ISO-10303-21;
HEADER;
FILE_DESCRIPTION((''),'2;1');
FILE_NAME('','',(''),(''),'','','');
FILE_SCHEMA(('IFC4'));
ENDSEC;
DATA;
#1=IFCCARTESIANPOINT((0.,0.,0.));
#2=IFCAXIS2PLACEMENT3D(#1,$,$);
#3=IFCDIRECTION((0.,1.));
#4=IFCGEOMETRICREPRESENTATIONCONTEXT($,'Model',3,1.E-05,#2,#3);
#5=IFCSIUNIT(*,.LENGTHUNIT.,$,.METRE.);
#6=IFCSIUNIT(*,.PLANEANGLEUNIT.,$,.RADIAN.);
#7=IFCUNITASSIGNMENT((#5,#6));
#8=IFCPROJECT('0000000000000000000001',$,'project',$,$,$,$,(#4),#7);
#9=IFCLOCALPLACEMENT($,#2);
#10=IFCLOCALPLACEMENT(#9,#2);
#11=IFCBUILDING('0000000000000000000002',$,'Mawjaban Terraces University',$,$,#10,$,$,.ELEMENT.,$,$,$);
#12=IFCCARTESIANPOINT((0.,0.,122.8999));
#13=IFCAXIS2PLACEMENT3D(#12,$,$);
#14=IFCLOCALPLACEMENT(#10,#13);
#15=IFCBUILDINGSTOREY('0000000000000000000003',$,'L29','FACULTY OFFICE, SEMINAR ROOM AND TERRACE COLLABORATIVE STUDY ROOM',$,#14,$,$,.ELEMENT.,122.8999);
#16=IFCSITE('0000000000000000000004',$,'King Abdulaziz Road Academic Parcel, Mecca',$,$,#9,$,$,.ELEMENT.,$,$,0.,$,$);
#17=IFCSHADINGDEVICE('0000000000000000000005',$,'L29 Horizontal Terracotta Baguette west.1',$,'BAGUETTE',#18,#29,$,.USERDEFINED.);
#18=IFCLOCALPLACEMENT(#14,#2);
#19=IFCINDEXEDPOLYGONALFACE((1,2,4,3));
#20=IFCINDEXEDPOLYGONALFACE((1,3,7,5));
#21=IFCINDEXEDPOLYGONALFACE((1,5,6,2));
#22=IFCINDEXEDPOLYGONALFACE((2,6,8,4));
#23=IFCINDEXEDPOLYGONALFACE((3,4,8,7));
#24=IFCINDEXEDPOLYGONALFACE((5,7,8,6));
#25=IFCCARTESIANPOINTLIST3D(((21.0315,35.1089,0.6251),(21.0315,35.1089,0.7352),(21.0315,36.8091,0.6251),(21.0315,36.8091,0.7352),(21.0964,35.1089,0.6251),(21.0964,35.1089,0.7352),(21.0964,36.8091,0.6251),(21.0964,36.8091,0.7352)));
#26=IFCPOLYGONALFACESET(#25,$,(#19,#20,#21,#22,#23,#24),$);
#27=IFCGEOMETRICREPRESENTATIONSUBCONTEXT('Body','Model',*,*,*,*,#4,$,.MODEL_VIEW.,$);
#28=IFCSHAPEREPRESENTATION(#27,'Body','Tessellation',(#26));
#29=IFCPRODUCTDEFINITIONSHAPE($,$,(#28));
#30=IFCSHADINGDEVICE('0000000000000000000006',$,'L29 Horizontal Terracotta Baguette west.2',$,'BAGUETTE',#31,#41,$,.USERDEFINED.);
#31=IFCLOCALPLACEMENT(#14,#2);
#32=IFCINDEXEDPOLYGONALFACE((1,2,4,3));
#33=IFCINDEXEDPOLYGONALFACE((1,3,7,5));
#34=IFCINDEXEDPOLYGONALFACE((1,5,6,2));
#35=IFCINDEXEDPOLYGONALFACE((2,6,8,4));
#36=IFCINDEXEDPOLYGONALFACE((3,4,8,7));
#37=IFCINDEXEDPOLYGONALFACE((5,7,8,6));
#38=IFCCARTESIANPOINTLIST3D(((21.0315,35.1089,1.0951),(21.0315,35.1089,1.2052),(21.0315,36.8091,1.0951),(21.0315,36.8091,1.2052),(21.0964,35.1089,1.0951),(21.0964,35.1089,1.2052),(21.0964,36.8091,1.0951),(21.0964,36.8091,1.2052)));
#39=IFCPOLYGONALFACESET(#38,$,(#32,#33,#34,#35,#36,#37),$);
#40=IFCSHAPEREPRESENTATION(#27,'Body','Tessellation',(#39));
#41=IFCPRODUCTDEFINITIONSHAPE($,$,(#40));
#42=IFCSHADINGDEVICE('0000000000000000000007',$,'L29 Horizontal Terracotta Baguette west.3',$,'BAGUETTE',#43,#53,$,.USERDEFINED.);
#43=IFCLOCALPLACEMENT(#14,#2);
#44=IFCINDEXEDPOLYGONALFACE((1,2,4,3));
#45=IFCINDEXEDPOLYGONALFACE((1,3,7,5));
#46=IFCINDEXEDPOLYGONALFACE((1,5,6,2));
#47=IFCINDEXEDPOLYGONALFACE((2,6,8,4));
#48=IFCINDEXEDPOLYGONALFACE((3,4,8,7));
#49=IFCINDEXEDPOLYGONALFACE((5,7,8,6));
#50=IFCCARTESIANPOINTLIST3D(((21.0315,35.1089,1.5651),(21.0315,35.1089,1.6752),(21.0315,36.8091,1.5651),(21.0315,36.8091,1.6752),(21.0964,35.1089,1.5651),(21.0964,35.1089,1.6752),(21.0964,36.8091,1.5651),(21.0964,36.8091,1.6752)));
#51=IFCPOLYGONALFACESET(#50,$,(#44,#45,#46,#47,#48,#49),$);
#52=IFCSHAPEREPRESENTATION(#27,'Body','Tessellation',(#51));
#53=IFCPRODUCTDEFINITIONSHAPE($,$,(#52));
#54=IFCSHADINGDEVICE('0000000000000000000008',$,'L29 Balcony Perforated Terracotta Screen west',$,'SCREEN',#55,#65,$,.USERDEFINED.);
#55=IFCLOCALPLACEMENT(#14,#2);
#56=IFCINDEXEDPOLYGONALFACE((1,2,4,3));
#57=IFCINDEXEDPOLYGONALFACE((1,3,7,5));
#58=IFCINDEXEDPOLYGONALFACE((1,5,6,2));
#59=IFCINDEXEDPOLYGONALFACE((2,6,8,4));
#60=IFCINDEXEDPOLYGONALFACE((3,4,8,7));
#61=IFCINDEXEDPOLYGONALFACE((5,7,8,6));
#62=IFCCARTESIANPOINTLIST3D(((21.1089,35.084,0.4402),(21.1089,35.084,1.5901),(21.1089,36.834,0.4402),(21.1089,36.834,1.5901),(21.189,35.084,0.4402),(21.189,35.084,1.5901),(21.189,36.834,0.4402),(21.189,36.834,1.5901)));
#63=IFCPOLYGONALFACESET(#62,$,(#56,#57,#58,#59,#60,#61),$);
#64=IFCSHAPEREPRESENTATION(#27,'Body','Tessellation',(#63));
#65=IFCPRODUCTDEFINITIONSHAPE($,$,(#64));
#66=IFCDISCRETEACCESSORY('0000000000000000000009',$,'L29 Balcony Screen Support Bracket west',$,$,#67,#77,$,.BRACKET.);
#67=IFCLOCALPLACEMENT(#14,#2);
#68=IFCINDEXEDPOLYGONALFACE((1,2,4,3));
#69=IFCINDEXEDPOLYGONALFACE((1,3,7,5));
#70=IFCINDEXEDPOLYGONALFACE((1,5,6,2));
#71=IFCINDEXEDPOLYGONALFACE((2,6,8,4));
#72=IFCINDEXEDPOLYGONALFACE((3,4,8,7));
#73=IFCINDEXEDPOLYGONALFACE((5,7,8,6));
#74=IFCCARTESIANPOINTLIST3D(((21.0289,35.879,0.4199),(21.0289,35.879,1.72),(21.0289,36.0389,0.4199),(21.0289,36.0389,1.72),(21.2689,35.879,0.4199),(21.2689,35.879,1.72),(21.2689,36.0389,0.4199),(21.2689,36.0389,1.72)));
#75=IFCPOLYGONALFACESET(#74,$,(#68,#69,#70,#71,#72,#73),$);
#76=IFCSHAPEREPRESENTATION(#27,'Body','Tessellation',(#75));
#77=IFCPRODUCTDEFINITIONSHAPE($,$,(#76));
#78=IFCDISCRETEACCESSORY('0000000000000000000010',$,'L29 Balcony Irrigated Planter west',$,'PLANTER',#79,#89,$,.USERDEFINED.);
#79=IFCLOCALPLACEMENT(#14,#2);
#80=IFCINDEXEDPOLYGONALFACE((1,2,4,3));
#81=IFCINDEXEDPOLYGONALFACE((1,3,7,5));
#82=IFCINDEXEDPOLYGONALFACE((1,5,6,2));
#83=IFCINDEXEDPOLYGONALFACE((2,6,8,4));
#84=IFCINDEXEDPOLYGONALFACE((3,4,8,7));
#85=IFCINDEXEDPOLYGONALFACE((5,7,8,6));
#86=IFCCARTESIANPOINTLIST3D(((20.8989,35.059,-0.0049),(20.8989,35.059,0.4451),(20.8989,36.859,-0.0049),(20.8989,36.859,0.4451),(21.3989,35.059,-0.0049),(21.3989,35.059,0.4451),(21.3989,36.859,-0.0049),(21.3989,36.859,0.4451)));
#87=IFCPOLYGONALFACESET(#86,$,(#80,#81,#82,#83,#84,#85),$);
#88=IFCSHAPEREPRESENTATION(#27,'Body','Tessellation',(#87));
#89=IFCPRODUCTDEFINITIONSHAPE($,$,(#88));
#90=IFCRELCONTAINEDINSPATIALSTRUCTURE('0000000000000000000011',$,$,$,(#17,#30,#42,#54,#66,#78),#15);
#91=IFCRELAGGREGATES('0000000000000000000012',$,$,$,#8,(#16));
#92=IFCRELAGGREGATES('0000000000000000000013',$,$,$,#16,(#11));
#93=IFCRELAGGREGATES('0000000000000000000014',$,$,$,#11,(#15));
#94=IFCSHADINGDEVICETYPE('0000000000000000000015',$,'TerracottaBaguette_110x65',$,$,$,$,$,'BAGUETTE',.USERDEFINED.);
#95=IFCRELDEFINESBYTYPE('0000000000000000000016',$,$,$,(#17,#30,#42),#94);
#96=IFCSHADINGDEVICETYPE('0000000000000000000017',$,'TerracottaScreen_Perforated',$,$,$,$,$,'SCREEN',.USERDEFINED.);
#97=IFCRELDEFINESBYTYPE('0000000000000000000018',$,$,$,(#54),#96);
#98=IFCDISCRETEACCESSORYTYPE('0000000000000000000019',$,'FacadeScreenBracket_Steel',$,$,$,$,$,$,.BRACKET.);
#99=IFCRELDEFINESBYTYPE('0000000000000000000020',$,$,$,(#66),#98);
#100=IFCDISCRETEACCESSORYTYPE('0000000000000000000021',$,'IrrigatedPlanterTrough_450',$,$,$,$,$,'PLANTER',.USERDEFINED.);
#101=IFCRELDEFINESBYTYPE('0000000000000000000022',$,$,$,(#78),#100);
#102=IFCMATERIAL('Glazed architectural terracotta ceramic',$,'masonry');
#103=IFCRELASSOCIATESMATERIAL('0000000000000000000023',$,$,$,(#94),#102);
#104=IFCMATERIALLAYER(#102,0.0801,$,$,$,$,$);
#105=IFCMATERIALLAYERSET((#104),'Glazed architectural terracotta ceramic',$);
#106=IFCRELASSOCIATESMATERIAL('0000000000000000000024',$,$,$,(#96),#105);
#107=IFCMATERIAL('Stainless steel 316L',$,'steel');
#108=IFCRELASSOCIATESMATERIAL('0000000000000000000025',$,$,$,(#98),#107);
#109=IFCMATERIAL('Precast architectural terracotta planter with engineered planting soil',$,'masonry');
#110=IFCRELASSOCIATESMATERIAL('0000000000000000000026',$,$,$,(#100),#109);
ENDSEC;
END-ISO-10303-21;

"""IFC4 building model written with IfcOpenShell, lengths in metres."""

from ifc_helpers import new_model, si_unit, direction, frame, origin, origin_2d, place, context, subcontext, project, spatial, rectangle, extrude, material, layer, layer_set, material_profile, profile_set, type_object, element, save


model = new_model("IFC4")

# Units and contexts
model_context = context("Model", 3, precision=1e-05, world=origin(), true_north=direction((0.0, 1.0)))
body_context = subcontext(model_context, "Body", "Model", "MODEL_VIEW")
ifc_project = project(units=[si_unit("LENGTHUNIT", "METRE"), si_unit("PLANEANGLEUNIT", "RADIAN")], contexts=[model_context])

# Site, building, storey
site_placement = place(None, origin())
site = spatial("IfcSite", under=ifc_project, at=site_placement, Name="King Abdulaziz Road Academic Parcel, Mecca", CompositionType="ELEMENT", RefElevation=0.0)
building_placement = place(site_placement, origin())
building = spatial("IfcBuilding", under=site, at=building_placement, Name="Mawjaban Terraces University", CompositionType="ELEMENT")
storey_placement = place(building_placement, frame((0.0, 0.0, 122.8999)))
storey = spatial("IfcBuildingStorey", under=building, at=storey_placement, Name="L29", Description="FACULTY OFFICE, SEMINAR ROOM AND TERRACE COLLABORATIVE STUDY ROOM", CompositionType="ELEMENT", Elevation=122.8999)

# Shading devices
ifc_material_1 = material(Name="Glazed architectural terracotta ceramic", Category="masonry")
ifc_material_profile_1 = material_profile(ifc_material_1, rectangle(XDim=0.0649, YDim=0.1101, at=origin_2d()), Name="TBAG110X65")
ifc_profile_set_1 = profile_set([ifc_material_profile_1], Name="Glazed architectural terracotta ceramic")
shading_device_type_1 = type_object("IfcShadingDeviceType", Name="TerracottaBaguette_110x65", ElementType="BAGUETTE", PredefinedType="USERDEFINED", material=ifc_profile_set_1)
for number, where, z_axis, x_axis, name in (
    (1, (21.064, 35.1089, 0.6802), (0.0, 1.0, 0.0), (-1.0, 0.0, 0.0), "L29 Horizontal Terracotta Baguette west.1"),
    (2, (21.064, 35.1089, 1.1501), (0.0, 1.0, 0.0), (-1.0, 0.0, 0.0), "L29 Horizontal Terracotta Baguette west.2"),
    (3, (21.064, 35.1089, 1.6201), (0.0, 1.0, 0.0), (-1.0, 0.0, 0.0), "L29 Horizontal Terracotta Baguette west.3"),
):
    element("IfcShadingDevice", number, at=place(storey_placement, frame(where, z_axis=z_axis, x_axis=x_axis)), inside=storey, type_object=shading_device_type_1, Name=name, ObjectType="BAGUETTE", PredefinedType="USERDEFINED", context=body_context, shape_type="SweptSolid", body=[
        extrude(rectangle(XDim=0.0649, YDim=0.1101, at=origin_2d()), origin(), (0.0, 0.0, 1.0), 1.7002),
    ])
ifc_layer_1 = layer(ifc_material_1, 0.0801)
ifc_layer_set_1 = layer_set([ifc_layer_1], Name="Glazed architectural terracotta ceramic")
shading_device_type_2 = type_object("IfcShadingDeviceType", Name="TerracottaScreen_Perforated", ElementType="SCREEN", PredefinedType="USERDEFINED", material=ifc_layer_set_1)
shading_device_placement = place(storey_placement, frame((21.1489, 35.959, 0.4402), z_axis=(0.0, 0.0, 1.0), x_axis=(0.0, 1.0, 0.0)))
element("IfcShadingDevice", 4, at=shading_device_placement, inside=storey, type_object=shading_device_type_2, Name="L29 Balcony Perforated Terracotta Screen west", ObjectType="SCREEN", PredefinedType="USERDEFINED", context=body_context, shape_type="SweptSolid", body=[
    extrude(rectangle(XDim=1.75, YDim=0.0801, at=origin_2d()), origin(), (0.0, 0.0, 1.0), 1.1499),
])

# Discrete accessories
ifc_material_2 = material(Name="Stainless steel 316L", Category="steel")
discrete_accessory_type_1 = type_object("IfcDiscreteAccessoryType", Name="FacadeScreenBracket_Steel", PredefinedType="BRACKET", material=ifc_material_2)
discrete_accessory_1_placement = place(storey_placement, frame((21.1489, 35.959, 0.4199), z_axis=(0.0, 0.0, 1.0), x_axis=(0.0, 1.0, 0.0)))
element("IfcDiscreteAccessory", 5, at=discrete_accessory_1_placement, inside=storey, type_object=discrete_accessory_type_1, Name="L29 Balcony Screen Support Bracket west", PredefinedType="BRACKET", context=body_context, shape_type="SweptSolid", body=[
    extrude(rectangle(XDim=0.1599, YDim=0.24, at=origin_2d()), origin(), (0.0, 0.0, 1.0), 1.3),
])
ifc_material_3 = material(Name="Precast architectural terracotta planter with engineered planting soil", Category="masonry")
discrete_accessory_type_2 = type_object("IfcDiscreteAccessoryType", Name="IrrigatedPlanterTrough_450", ElementType="PLANTER", PredefinedType="USERDEFINED", material=ifc_material_3)
discrete_accessory_2_placement = place(storey_placement, frame((21.1489, 35.959, -0.0049), z_axis=(0.0, 0.0, 1.0), x_axis=(0.0, 1.0, 0.0)))
element("IfcDiscreteAccessory", 6, at=discrete_accessory_2_placement, inside=storey, type_object=discrete_accessory_type_2, Name="L29 Balcony Irrigated Planter west", ObjectType="PLANTER", PredefinedType="USERDEFINED", context=body_context, shape_type="SweptSolid", body=[
    extrude(rectangle(XDim=1.8, YDim=0.5, at=origin_2d()), origin(), (0.0, 0.0, 1.0), 0.45),
])

save(model, "model.ifc")
